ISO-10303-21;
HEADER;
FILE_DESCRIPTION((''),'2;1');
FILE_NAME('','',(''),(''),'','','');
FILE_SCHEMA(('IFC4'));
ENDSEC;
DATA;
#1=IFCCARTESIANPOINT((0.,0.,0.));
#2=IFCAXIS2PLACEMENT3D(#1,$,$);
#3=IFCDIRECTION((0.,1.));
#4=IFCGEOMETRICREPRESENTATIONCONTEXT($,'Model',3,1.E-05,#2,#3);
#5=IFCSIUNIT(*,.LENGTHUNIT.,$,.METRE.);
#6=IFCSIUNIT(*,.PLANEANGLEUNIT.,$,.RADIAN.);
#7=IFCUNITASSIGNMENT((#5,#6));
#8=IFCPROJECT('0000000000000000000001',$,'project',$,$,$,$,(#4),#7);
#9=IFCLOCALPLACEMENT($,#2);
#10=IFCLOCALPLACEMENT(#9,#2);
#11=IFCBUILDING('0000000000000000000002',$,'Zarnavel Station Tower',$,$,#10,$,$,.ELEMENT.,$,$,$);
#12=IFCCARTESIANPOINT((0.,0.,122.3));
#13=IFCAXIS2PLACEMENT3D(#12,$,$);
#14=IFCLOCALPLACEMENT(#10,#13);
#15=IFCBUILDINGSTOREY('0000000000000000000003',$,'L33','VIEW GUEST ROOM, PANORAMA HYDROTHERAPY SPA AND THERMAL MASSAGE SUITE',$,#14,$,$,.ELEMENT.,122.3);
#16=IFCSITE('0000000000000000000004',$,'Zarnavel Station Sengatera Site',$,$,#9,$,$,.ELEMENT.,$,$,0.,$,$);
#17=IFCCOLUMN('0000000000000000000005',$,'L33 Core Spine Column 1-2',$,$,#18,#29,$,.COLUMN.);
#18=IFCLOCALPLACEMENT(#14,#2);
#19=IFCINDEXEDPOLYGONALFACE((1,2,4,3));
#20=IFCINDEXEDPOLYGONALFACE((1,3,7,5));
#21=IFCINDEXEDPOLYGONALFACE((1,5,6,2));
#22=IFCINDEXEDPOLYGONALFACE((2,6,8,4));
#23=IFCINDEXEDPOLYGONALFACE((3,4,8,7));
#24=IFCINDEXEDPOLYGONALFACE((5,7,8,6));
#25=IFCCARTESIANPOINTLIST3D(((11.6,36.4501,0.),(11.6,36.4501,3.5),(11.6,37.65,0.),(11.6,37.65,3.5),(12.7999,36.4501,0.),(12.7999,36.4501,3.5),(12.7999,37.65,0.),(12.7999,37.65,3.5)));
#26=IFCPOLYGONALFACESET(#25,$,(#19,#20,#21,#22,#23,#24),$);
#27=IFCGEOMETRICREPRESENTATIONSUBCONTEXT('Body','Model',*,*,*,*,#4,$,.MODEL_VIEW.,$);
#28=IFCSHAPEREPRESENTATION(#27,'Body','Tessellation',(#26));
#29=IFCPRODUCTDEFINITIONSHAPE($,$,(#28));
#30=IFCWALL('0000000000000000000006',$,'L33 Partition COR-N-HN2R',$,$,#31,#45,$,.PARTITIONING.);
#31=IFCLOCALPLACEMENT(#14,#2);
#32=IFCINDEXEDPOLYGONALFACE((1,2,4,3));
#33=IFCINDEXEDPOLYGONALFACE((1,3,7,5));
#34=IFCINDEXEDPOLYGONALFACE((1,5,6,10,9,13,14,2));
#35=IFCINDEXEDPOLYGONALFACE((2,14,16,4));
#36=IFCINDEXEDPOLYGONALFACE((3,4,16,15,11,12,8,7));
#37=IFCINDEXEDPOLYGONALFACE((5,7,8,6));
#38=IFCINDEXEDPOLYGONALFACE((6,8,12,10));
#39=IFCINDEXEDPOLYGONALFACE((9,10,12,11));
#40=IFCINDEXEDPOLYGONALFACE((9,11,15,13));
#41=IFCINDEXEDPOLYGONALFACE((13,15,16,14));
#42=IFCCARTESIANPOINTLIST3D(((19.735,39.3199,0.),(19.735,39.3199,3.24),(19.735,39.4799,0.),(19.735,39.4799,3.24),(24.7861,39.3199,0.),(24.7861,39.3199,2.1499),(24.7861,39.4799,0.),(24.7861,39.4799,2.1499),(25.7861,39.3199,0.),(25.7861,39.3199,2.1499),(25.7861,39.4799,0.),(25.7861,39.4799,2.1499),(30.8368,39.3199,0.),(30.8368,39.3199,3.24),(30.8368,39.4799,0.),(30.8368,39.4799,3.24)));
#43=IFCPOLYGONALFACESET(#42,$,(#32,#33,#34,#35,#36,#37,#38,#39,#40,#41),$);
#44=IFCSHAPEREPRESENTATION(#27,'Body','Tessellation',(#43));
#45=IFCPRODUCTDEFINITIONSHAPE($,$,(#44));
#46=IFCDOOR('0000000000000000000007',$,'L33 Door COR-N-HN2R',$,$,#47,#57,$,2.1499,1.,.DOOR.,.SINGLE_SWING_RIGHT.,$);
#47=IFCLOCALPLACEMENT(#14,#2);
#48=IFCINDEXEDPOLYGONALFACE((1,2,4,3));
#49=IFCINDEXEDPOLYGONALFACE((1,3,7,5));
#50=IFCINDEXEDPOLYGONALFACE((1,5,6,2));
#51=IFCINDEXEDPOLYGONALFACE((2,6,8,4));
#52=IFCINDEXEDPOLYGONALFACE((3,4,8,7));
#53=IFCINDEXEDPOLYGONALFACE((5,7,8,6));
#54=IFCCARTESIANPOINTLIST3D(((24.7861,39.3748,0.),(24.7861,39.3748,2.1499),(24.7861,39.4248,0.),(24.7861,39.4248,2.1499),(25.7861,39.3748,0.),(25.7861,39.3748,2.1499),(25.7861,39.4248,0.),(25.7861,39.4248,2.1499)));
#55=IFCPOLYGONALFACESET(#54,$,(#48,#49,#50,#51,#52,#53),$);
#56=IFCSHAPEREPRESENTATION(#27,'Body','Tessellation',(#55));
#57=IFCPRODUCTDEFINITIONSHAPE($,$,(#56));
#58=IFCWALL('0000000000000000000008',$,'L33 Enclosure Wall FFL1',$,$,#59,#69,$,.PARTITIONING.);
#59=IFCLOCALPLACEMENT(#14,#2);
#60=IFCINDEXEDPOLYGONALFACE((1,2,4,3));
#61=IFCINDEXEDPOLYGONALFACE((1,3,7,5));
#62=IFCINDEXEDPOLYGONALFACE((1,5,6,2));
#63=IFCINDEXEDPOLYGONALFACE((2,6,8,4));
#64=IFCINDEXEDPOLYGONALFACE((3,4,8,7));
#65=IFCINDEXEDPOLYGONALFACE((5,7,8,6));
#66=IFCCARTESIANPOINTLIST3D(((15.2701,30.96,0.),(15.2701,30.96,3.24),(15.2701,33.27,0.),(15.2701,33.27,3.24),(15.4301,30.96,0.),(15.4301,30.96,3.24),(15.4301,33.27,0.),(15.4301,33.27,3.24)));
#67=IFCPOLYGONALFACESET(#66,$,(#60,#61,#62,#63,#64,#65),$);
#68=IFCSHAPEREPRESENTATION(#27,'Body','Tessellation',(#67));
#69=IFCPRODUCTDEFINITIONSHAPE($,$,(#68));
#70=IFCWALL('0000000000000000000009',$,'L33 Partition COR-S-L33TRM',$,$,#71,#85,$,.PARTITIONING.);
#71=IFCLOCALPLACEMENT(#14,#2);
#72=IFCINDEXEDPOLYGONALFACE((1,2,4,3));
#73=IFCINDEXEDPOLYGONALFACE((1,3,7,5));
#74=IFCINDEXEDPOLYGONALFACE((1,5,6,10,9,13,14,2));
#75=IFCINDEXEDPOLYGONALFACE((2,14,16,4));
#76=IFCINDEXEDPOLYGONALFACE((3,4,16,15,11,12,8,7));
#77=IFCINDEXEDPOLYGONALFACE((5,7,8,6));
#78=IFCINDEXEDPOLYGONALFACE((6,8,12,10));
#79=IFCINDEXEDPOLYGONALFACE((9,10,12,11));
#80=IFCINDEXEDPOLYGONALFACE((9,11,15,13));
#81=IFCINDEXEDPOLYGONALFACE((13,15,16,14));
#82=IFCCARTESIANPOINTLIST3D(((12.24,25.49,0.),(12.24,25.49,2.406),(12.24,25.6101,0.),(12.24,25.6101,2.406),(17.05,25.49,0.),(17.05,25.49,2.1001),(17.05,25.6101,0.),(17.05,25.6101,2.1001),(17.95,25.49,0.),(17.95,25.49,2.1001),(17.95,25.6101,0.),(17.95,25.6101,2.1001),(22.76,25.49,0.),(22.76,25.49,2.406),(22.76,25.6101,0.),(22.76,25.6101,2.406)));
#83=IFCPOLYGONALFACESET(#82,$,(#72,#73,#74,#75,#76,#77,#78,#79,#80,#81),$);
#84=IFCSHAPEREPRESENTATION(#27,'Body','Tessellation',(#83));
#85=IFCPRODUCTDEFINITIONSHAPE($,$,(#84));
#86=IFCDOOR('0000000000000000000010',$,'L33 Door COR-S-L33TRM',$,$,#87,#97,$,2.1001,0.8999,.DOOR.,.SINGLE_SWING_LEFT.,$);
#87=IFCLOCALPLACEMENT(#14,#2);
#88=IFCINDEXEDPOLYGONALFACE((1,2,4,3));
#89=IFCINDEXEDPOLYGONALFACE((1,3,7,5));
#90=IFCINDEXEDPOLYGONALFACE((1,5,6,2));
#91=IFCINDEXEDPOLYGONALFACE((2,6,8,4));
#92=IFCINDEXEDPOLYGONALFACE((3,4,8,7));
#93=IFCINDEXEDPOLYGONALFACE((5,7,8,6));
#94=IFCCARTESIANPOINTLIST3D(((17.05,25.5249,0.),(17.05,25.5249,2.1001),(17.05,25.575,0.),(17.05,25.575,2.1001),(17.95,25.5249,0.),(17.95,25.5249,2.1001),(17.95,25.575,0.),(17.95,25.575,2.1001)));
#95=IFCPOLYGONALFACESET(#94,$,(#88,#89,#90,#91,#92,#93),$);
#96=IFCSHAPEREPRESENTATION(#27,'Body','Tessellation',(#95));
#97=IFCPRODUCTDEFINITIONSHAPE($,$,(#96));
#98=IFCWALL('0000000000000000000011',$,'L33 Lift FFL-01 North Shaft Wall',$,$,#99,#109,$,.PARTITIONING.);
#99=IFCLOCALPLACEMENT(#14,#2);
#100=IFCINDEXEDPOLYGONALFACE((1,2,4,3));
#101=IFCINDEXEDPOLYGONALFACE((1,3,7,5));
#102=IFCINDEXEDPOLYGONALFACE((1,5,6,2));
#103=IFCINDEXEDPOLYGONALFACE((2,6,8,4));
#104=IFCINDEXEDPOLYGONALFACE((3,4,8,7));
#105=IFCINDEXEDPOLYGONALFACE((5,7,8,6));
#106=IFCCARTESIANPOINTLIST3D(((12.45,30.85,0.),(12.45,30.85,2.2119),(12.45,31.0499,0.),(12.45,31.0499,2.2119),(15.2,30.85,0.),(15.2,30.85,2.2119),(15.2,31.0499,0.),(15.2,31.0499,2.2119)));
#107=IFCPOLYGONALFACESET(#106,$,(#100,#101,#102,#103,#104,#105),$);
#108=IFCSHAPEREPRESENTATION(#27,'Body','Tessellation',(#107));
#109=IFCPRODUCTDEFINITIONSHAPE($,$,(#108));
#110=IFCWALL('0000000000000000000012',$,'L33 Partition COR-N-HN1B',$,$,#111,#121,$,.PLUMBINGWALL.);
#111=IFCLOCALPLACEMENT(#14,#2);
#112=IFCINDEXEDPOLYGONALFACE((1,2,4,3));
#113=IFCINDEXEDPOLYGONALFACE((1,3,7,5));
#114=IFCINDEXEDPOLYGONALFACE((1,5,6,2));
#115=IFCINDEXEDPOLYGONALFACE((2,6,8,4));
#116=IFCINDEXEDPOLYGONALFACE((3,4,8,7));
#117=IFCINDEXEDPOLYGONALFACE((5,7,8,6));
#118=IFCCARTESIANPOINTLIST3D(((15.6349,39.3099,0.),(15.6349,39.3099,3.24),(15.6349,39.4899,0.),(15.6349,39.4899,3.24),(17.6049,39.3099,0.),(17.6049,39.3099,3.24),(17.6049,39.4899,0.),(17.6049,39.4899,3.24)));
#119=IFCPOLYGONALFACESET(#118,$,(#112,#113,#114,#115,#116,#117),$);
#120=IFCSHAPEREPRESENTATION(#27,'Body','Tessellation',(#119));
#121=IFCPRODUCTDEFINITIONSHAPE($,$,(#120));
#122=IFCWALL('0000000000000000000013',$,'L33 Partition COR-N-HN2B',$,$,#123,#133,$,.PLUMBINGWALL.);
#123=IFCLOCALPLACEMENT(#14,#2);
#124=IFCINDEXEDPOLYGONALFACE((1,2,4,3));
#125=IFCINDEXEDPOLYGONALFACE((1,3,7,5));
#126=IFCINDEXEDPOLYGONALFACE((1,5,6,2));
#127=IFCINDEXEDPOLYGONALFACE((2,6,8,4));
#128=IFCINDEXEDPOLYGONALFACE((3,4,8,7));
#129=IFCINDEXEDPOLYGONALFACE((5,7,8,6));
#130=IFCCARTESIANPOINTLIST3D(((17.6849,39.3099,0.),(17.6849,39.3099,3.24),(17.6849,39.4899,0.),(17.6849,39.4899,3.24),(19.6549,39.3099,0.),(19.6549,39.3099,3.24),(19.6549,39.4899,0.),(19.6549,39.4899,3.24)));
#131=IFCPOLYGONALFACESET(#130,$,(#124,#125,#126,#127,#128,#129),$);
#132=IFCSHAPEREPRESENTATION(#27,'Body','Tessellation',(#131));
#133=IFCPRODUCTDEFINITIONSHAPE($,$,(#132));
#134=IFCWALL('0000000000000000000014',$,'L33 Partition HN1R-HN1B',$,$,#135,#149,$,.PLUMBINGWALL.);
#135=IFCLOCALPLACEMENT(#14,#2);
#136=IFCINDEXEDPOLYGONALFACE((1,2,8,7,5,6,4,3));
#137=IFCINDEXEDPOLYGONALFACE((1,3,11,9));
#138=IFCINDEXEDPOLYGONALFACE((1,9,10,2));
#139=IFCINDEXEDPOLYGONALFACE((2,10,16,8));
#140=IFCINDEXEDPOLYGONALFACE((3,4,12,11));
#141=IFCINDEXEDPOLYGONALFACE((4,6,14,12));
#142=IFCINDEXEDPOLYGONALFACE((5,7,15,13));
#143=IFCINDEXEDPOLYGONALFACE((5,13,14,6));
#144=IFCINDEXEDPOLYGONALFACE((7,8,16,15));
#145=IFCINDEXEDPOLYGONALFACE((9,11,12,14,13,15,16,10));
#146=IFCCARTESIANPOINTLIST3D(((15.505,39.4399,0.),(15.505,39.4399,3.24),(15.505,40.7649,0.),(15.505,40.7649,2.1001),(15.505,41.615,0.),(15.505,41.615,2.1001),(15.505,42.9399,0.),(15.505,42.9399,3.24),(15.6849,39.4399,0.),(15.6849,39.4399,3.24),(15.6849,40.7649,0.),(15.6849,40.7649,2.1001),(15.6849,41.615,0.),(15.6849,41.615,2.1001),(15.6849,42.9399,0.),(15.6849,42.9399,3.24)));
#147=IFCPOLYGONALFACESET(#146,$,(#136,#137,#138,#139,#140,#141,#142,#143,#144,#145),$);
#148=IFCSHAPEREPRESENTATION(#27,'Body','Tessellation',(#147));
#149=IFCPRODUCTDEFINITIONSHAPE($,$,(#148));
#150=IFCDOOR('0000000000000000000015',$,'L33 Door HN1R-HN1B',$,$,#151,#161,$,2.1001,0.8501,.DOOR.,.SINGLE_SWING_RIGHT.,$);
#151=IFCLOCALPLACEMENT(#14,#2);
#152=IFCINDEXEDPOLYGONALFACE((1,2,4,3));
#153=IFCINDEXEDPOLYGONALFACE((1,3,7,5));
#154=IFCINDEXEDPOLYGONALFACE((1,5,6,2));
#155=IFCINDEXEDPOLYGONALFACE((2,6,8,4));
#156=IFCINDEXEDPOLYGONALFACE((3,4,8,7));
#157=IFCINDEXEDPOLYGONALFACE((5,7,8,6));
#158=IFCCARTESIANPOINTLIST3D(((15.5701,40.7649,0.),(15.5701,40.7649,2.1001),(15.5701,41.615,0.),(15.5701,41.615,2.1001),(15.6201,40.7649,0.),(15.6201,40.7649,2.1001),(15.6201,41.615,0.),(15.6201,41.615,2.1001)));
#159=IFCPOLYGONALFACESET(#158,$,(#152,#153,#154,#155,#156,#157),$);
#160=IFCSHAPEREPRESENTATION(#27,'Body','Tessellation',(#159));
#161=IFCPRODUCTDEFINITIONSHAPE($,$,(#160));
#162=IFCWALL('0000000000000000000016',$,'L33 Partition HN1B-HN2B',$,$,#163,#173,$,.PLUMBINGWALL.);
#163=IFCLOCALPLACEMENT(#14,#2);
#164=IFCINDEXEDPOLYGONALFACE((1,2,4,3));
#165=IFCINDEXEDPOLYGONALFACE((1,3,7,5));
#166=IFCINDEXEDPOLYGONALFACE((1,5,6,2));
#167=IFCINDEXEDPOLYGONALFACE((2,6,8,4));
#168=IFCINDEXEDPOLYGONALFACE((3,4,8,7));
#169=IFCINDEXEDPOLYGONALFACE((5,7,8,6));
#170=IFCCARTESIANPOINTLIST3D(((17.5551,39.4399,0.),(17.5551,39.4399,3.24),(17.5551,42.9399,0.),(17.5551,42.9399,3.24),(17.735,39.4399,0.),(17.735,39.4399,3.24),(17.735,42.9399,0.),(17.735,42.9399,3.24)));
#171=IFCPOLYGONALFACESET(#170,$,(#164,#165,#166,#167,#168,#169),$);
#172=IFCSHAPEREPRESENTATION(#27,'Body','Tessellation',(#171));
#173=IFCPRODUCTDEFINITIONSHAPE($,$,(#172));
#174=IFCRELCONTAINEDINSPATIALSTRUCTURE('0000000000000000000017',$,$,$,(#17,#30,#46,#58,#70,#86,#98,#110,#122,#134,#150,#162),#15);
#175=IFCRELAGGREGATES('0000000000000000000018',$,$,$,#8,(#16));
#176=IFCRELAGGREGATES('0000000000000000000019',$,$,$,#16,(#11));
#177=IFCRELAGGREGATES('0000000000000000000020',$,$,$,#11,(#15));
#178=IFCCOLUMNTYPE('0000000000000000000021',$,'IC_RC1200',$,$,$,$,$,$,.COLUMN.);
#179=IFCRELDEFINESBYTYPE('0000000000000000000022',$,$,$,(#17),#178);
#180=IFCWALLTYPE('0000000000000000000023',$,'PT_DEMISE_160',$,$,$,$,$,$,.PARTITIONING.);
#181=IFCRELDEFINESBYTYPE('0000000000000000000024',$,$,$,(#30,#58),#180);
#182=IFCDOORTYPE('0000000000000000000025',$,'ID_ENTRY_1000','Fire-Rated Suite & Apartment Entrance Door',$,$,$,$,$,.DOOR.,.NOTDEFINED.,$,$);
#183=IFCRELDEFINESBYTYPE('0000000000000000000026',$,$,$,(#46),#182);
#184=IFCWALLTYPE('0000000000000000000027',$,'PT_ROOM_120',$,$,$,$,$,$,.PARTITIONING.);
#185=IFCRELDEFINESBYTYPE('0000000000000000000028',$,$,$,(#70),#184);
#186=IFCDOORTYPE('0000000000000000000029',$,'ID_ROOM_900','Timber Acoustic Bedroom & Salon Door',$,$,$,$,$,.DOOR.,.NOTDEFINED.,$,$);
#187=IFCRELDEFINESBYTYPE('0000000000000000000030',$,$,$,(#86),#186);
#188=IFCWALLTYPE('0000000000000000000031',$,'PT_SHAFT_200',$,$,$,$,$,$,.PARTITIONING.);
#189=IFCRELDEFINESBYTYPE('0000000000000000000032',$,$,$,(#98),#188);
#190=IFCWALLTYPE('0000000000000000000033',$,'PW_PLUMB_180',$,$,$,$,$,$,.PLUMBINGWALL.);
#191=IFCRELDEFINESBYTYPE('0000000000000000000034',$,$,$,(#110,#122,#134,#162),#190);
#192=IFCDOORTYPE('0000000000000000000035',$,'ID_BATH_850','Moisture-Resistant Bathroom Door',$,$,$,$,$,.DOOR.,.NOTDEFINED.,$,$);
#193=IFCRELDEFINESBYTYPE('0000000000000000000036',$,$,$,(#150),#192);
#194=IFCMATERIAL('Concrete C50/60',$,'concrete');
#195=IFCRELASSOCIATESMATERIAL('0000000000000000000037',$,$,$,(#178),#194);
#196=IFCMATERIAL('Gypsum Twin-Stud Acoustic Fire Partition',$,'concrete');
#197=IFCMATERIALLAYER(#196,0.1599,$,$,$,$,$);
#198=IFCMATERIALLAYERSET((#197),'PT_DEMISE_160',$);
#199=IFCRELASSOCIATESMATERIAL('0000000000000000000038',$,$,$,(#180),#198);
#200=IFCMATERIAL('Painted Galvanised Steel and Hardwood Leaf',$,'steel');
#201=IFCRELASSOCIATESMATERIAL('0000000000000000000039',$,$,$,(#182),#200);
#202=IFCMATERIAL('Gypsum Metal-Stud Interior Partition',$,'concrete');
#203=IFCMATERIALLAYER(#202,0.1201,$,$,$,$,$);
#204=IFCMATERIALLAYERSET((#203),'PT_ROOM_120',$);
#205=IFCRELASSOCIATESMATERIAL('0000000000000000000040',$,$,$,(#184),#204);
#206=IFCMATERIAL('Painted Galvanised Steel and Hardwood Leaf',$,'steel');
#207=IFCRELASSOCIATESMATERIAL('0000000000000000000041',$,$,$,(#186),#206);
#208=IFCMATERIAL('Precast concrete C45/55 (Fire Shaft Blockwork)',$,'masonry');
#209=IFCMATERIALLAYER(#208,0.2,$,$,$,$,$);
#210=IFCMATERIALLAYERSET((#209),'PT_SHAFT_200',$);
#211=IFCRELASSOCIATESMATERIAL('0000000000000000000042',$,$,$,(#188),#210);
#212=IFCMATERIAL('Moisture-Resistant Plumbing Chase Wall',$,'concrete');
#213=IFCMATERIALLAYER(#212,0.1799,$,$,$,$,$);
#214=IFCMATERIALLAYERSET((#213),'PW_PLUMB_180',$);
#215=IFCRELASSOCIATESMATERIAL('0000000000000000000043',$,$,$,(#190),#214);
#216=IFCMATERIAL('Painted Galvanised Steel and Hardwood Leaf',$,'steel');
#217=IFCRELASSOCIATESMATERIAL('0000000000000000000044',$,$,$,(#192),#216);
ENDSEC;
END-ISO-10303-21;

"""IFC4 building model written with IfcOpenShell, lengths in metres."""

from ifc_helpers import new_model, si_unit, direction, frame, frame_2d, origin, origin_2d, place, context, subcontext, project, spatial, rectangle, extrude, material, layer, layer_set, material_profile, profile_set, type_object, element, fill, save


model = new_model("IFC4")

# Units and contexts
model_context = context("Model", 3, precision=1e-05, world=origin(), true_north=direction((0.0, 1.0)))
body_context = subcontext(model_context, "Body", "Model", "MODEL_VIEW")
ifc_project = project(units=[si_unit("LENGTHUNIT", "METRE"), si_unit("PLANEANGLEUNIT", "RADIAN")], contexts=[model_context])

# Site, building, storey
site_placement = place(None, origin())
site = spatial("IfcSite", under=ifc_project, at=site_placement, Name="Zarnavel Station Sengatera Site", CompositionType="ELEMENT", RefElevation=0.0)
building_placement = place(site_placement, origin())
building = spatial("IfcBuilding", under=site, at=building_placement, Name="Zarnavel Station Tower", CompositionType="ELEMENT")
storey_placement = place(building_placement, frame((0.0, 0.0, 122.3)))
storey = spatial("IfcBuildingStorey", under=building, at=storey_placement, Name="L33", Description="VIEW GUEST ROOM, PANORAMA HYDROTHERAPY SPA AND THERMAL MASSAGE SUITE", CompositionType="ELEMENT", Elevation=122.3)

# Column
ifc_material_1 = material(Name="Concrete C50/60", Category="concrete")
ifc_material_profile = material_profile(ifc_material_1, rectangle(XDim=1.2, YDim=1.2, at=origin_2d()), Name="RC1200x1200")
ifc_profile_set = profile_set([ifc_material_profile], Name="Concrete C50/60")
column_type = type_object("IfcColumnType", Name="IC_RC1200", PredefinedType="COLUMN", material=ifc_profile_set)
column_placement = place(storey_placement, frame((12.2, 37.05, 0.0), z_axis=(0.0, 0.0, 1.0), x_axis=(1.0, 0.0, 0.0)))
element("IfcColumn", 1, at=column_placement, inside=storey, type_object=column_type, Name="L33 Core Spine Column 1-2", PredefinedType="COLUMN", context=body_context, shape_type="SweptSolid", body=[
    extrude(rectangle(XDim=1.2, YDim=1.2, at=origin_2d()), origin(), (0.0, 0.0, 1.0), 3.5),
])

# Wall, opening, door
ifc_material_2 = material(Name="Gypsum Twin-Stud Acoustic Fire Partition", Category="concrete")
ifc_layer_1 = layer(ifc_material_2, 0.1599)
ifc_layer_set_1 = layer_set([ifc_layer_1], Name="PT_DEMISE_160")
wall_type_1 = type_object("IfcWallType", Name="PT_DEMISE_160", PredefinedType="PARTITIONING", material=ifc_layer_set_1)
wall_1_placement = place(storey_placement, frame((19.7351, 39.3999, 0.0), z_axis=(0.0, 0.0, 1.0), x_axis=(1.0, 0.0, 0.0)))
wall_1 = element("IfcWall", 2, at=wall_1_placement, inside=storey, type_object=wall_type_1, Name="L33 Partition COR-N-HN2R", PredefinedType="PARTITIONING", context=body_context, shape_type="SweptSolid", body=[
    extrude(rectangle(XDim=11.1018, YDim=0.1599, at=frame_2d((5.5508, 0.0))), origin(), (0.0, 0.0, 1.0), 3.24),
])
opening_1_placement = place(wall_1_placement, frame((5.051, 0.0, 0.0)))
opening_1 = element("IfcOpeningElement", 3, at=opening_1_placement, cuts=wall_1, PredefinedType="OPENING", context=body_context, shape_type="SweptSolid", body=[
    extrude(rectangle(XDim=1.0, YDim=2.1499, at=frame_2d((0.5, 1.075))), frame((0.0, 0.0898, 0.0), z_axis=(0.0, -1.0, 0.0), x_axis=(1.0, 0.0, 0.0)), (0.0, 0.0, 1.0), 0.1799),
])
ifc_material_3 = material(Name="Painted Galvanised Steel and Hardwood Leaf", Category="steel")
door_type_1 = type_object("IfcDoorType", Name="ID_ENTRY_1000", Description="Fire-Rated Suite & Apartment Entrance Door", OperationType="NOTDEFINED", PredefinedType="DOOR", material=ifc_material_3)
door_1_placement = place(opening_1_placement, origin())
door_1 = element("IfcDoor", 4, at=door_1_placement, inside=storey, type_object=door_type_1, Name="L33 Door COR-N-HN2R", OperationType="SINGLE_SWING_RIGHT", OverallHeight=2.1499, OverallWidth=1.0, PredefinedType="DOOR", context=body_context, shape_type="SweptSolid", body=[
    extrude(rectangle(XDim=1.0, YDim=2.1499, at=frame_2d((0.5, 1.075))), frame((0.0, 0.0249, 0.0), z_axis=(0.0, -1.0, 0.0), x_axis=(1.0, 0.0, 0.0)), (0.0, 0.0, 1.0), 0.05),
])
fill(opening_1, door_1)

# Wall
wall_2_placement = place(storey_placement, frame((15.3501, 30.96, 0.0), z_axis=(0.0, 0.0, 1.0), x_axis=(0.0, 1.0, 0.0)))
element("IfcWall", 5, at=wall_2_placement, inside=storey, type_object=wall_type_1, Name="L33 Enclosure Wall FFL1", PredefinedType="PARTITIONING", context=body_context, shape_type="SweptSolid", body=[
    extrude(rectangle(XDim=2.3101, YDim=0.1599, at=frame_2d((1.155, 0.0))), origin(), (0.0, 0.0, 1.0), 3.24),
])

# Wall, opening, door
ifc_material_4 = material(Name="Gypsum Metal-Stud Interior Partition", Category="concrete")
ifc_layer_2 = layer(ifc_material_4, 0.1201)
ifc_layer_set_2 = layer_set([ifc_layer_2], Name="PT_ROOM_120")
wall_type_2 = type_object("IfcWallType", Name="PT_ROOM_120", PredefinedType="PARTITIONING", material=ifc_layer_set_2)
wall_3_placement = place(storey_placement, frame((12.24, 25.55, 0.0), z_axis=(0.0, 0.0, 1.0), x_axis=(1.0, 0.0, 0.0)))
wall_3 = element("IfcWall", 6, at=wall_3_placement, inside=storey, type_object=wall_type_2, Name="L33 Partition COR-S-L33TRM", PredefinedType="PARTITIONING", context=body_context, shape_type="SweptSolid", body=[
    extrude(rectangle(XDim=10.52, YDim=0.1201, at=frame_2d((5.26, 0.0))), origin(), (0.0, 0.0, 1.0), 2.406),
])
opening_2_placement = place(wall_3_placement, frame((4.8101, 0.0, 0.0)))
opening_2 = element("IfcOpeningElement", 7, at=opening_2_placement, cuts=wall_3, PredefinedType="OPENING", context=body_context, shape_type="SweptSolid", body=[
    extrude(rectangle(XDim=0.8999, YDim=2.1001, at=frame_2d((0.45, 1.05))), frame((0.0, 0.0701, 0.0), z_axis=(0.0, -1.0, 0.0), x_axis=(1.0, 0.0, 0.0)), (0.0, 0.0, 1.0), 0.1401),
])
ifc_material_5 = material(Name="Painted Galvanised Steel and Hardwood Leaf", Category="steel")
door_type_2 = type_object("IfcDoorType", Name="ID_ROOM_900", Description="Timber Acoustic Bedroom & Salon Door", OperationType="NOTDEFINED", PredefinedType="DOOR", material=ifc_material_5)
door_2_placement = place(opening_2_placement, origin())
door_2 = element("IfcDoor", 8, at=door_2_placement, inside=storey, type_object=door_type_2, Name="L33 Door COR-S-L33TRM", OperationType="SINGLE_SWING_LEFT", OverallHeight=2.1001, OverallWidth=0.8999, PredefinedType="DOOR", context=body_context, shape_type="SweptSolid", body=[
    extrude(rectangle(XDim=0.8999, YDim=2.1001, at=frame_2d((0.45, 1.05))), frame((0.0, 0.0249, 0.0), z_axis=(0.0, -1.0, 0.0), x_axis=(1.0, 0.0, 0.0)), (0.0, 0.0, 1.0), 0.05),
])
fill(opening_2, door_2)
ifc_material_6 = material(Name="Precast concrete C45/55 (Fire Shaft Blockwork)", Category="masonry")
ifc_layer_3 = layer(ifc_material_6, 0.2)
ifc_layer_set_3 = layer_set([ifc_layer_3], Name="PT_SHAFT_200")
wall_type_3 = type_object("IfcWallType", Name="PT_SHAFT_200", PredefinedType="PARTITIONING", material=ifc_layer_set_3)

# Walls
wall_4_placement = place(storey_placement, frame((12.45, 30.95, 0.0), z_axis=(0.0, 0.0, 1.0), x_axis=(1.0, 0.0, 0.0)))
element("IfcWall", 9, at=wall_4_placement, inside=storey, type_object=wall_type_3, Name="L33 Lift FFL-01 North Shaft Wall", PredefinedType="PARTITIONING", context=body_context, shape_type="SweptSolid", body=[
    extrude(rectangle(XDim=2.75, YDim=0.2, at=frame_2d((1.375, 0.0))), origin(), (0.0, 0.0, 1.0), 2.2119),
])
ifc_material_7 = material(Name="Moisture-Resistant Plumbing Chase Wall", Category="concrete")
ifc_layer_4 = layer(ifc_material_7, 0.1799)
ifc_layer_set_4 = layer_set([ifc_layer_4], Name="PW_PLUMB_180")
wall_type_4 = type_object("IfcWallType", Name="PW_PLUMB_180", PredefinedType="PLUMBINGWALL", material=ifc_layer_set_4)
for number, where, z_axis, x_axis, name in (
    (10, (15.635, 39.3999, 0.0), (0.0, 0.0, 1.0), (1.0, 0.0, 0.0), "L33 Partition COR-N-HN1B"),
    (11, (17.6851, 39.3999, 0.0), (0.0, 0.0, 1.0), (1.0, 0.0, 0.0), "L33 Partition COR-N-HN2B"),
):
    element("IfcWall", number, at=place(storey_placement, frame(where, z_axis=z_axis, x_axis=x_axis)), inside=storey, type_object=wall_type_4, Name=name, PredefinedType="PLUMBINGWALL", context=body_context, shape_type="SweptSolid", body=[
        extrude(rectangle(XDim=1.97, YDim=0.1799, at=frame_2d((0.9849, 0.0))), origin(), (0.0, 0.0, 1.0), 3.24),
    ])

# Wall, opening, door
wall_5_placement = place(storey_placement, frame((15.595, 39.4399, 0.0), z_axis=(0.0, 0.0, 1.0), x_axis=(0.0, 1.0, 0.0)))
wall_5 = element("IfcWall", 12, at=wall_5_placement, inside=storey, type_object=wall_type_4, Name="L33 Partition HN1R-HN1B", PredefinedType="PLUMBINGWALL", context=body_context, shape_type="SweptSolid", body=[
    extrude(rectangle(XDim=3.5, YDim=0.1799, at=frame_2d((1.75, 0.0))), origin(), (0.0, 0.0, 1.0), 3.24),
])
opening_3_placement = place(wall_5_placement, frame((1.325, 0.0, 0.0)))
opening_3 = element("IfcOpeningElement", 13, at=opening_3_placement, cuts=wall_5, PredefinedType="OPENING", context=body_context, shape_type="SweptSolid", body=[
    extrude(rectangle(XDim=0.8501, YDim=2.1001, at=frame_2d((0.425, 1.05))), frame((0.0, 0.0999, 0.0), z_axis=(0.0, -1.0, 0.0), x_axis=(1.0, 0.0, 0.0)), (0.0, 0.0, 1.0), 0.2),
])
ifc_material_8 = material(Name="Painted Galvanised Steel and Hardwood Leaf", Category="steel")
door_type_3 = type_object("IfcDoorType", Name="ID_BATH_850", Description="Moisture-Resistant Bathroom Door", OperationType="NOTDEFINED", PredefinedType="DOOR", material=ifc_material_8)
door_3_placement = place(opening_3_placement, origin())
door_3 = element("IfcDoor", 14, at=door_3_placement, inside=storey, type_object=door_type_3, Name="L33 Door HN1R-HN1B", OperationType="SINGLE_SWING_RIGHT", OverallHeight=2.1001, OverallWidth=0.8501, PredefinedType="DOOR", context=body_context, shape_type="SweptSolid", body=[
    extrude(rectangle(XDim=0.8501, YDim=2.1001, at=frame_2d((0.425, 1.05))), frame((0.0, 0.0249, 0.0), z_axis=(0.0, -1.0, 0.0), x_axis=(1.0, 0.0, 0.0)), (0.0, 0.0, 1.0), 0.05),
])
fill(opening_3, door_3)

# Wall
wall_6_placement = place(storey_placement, frame((17.645, 39.4399, 0.0), z_axis=(0.0, 0.0, 1.0), x_axis=(0.0, 1.0, 0.0)))
element("IfcWall", 15, at=wall_6_placement, inside=storey, type_object=wall_type_4, Name="L33 Partition HN1B-HN2B", PredefinedType="PLUMBINGWALL", context=body_context, shape_type="SweptSolid", body=[
    extrude(rectangle(XDim=3.5, YDim=0.1799, at=frame_2d((1.75, 0.0))), origin(), (0.0, 0.0, 1.0), 3.24),
])

save(model, "model.ifc")
